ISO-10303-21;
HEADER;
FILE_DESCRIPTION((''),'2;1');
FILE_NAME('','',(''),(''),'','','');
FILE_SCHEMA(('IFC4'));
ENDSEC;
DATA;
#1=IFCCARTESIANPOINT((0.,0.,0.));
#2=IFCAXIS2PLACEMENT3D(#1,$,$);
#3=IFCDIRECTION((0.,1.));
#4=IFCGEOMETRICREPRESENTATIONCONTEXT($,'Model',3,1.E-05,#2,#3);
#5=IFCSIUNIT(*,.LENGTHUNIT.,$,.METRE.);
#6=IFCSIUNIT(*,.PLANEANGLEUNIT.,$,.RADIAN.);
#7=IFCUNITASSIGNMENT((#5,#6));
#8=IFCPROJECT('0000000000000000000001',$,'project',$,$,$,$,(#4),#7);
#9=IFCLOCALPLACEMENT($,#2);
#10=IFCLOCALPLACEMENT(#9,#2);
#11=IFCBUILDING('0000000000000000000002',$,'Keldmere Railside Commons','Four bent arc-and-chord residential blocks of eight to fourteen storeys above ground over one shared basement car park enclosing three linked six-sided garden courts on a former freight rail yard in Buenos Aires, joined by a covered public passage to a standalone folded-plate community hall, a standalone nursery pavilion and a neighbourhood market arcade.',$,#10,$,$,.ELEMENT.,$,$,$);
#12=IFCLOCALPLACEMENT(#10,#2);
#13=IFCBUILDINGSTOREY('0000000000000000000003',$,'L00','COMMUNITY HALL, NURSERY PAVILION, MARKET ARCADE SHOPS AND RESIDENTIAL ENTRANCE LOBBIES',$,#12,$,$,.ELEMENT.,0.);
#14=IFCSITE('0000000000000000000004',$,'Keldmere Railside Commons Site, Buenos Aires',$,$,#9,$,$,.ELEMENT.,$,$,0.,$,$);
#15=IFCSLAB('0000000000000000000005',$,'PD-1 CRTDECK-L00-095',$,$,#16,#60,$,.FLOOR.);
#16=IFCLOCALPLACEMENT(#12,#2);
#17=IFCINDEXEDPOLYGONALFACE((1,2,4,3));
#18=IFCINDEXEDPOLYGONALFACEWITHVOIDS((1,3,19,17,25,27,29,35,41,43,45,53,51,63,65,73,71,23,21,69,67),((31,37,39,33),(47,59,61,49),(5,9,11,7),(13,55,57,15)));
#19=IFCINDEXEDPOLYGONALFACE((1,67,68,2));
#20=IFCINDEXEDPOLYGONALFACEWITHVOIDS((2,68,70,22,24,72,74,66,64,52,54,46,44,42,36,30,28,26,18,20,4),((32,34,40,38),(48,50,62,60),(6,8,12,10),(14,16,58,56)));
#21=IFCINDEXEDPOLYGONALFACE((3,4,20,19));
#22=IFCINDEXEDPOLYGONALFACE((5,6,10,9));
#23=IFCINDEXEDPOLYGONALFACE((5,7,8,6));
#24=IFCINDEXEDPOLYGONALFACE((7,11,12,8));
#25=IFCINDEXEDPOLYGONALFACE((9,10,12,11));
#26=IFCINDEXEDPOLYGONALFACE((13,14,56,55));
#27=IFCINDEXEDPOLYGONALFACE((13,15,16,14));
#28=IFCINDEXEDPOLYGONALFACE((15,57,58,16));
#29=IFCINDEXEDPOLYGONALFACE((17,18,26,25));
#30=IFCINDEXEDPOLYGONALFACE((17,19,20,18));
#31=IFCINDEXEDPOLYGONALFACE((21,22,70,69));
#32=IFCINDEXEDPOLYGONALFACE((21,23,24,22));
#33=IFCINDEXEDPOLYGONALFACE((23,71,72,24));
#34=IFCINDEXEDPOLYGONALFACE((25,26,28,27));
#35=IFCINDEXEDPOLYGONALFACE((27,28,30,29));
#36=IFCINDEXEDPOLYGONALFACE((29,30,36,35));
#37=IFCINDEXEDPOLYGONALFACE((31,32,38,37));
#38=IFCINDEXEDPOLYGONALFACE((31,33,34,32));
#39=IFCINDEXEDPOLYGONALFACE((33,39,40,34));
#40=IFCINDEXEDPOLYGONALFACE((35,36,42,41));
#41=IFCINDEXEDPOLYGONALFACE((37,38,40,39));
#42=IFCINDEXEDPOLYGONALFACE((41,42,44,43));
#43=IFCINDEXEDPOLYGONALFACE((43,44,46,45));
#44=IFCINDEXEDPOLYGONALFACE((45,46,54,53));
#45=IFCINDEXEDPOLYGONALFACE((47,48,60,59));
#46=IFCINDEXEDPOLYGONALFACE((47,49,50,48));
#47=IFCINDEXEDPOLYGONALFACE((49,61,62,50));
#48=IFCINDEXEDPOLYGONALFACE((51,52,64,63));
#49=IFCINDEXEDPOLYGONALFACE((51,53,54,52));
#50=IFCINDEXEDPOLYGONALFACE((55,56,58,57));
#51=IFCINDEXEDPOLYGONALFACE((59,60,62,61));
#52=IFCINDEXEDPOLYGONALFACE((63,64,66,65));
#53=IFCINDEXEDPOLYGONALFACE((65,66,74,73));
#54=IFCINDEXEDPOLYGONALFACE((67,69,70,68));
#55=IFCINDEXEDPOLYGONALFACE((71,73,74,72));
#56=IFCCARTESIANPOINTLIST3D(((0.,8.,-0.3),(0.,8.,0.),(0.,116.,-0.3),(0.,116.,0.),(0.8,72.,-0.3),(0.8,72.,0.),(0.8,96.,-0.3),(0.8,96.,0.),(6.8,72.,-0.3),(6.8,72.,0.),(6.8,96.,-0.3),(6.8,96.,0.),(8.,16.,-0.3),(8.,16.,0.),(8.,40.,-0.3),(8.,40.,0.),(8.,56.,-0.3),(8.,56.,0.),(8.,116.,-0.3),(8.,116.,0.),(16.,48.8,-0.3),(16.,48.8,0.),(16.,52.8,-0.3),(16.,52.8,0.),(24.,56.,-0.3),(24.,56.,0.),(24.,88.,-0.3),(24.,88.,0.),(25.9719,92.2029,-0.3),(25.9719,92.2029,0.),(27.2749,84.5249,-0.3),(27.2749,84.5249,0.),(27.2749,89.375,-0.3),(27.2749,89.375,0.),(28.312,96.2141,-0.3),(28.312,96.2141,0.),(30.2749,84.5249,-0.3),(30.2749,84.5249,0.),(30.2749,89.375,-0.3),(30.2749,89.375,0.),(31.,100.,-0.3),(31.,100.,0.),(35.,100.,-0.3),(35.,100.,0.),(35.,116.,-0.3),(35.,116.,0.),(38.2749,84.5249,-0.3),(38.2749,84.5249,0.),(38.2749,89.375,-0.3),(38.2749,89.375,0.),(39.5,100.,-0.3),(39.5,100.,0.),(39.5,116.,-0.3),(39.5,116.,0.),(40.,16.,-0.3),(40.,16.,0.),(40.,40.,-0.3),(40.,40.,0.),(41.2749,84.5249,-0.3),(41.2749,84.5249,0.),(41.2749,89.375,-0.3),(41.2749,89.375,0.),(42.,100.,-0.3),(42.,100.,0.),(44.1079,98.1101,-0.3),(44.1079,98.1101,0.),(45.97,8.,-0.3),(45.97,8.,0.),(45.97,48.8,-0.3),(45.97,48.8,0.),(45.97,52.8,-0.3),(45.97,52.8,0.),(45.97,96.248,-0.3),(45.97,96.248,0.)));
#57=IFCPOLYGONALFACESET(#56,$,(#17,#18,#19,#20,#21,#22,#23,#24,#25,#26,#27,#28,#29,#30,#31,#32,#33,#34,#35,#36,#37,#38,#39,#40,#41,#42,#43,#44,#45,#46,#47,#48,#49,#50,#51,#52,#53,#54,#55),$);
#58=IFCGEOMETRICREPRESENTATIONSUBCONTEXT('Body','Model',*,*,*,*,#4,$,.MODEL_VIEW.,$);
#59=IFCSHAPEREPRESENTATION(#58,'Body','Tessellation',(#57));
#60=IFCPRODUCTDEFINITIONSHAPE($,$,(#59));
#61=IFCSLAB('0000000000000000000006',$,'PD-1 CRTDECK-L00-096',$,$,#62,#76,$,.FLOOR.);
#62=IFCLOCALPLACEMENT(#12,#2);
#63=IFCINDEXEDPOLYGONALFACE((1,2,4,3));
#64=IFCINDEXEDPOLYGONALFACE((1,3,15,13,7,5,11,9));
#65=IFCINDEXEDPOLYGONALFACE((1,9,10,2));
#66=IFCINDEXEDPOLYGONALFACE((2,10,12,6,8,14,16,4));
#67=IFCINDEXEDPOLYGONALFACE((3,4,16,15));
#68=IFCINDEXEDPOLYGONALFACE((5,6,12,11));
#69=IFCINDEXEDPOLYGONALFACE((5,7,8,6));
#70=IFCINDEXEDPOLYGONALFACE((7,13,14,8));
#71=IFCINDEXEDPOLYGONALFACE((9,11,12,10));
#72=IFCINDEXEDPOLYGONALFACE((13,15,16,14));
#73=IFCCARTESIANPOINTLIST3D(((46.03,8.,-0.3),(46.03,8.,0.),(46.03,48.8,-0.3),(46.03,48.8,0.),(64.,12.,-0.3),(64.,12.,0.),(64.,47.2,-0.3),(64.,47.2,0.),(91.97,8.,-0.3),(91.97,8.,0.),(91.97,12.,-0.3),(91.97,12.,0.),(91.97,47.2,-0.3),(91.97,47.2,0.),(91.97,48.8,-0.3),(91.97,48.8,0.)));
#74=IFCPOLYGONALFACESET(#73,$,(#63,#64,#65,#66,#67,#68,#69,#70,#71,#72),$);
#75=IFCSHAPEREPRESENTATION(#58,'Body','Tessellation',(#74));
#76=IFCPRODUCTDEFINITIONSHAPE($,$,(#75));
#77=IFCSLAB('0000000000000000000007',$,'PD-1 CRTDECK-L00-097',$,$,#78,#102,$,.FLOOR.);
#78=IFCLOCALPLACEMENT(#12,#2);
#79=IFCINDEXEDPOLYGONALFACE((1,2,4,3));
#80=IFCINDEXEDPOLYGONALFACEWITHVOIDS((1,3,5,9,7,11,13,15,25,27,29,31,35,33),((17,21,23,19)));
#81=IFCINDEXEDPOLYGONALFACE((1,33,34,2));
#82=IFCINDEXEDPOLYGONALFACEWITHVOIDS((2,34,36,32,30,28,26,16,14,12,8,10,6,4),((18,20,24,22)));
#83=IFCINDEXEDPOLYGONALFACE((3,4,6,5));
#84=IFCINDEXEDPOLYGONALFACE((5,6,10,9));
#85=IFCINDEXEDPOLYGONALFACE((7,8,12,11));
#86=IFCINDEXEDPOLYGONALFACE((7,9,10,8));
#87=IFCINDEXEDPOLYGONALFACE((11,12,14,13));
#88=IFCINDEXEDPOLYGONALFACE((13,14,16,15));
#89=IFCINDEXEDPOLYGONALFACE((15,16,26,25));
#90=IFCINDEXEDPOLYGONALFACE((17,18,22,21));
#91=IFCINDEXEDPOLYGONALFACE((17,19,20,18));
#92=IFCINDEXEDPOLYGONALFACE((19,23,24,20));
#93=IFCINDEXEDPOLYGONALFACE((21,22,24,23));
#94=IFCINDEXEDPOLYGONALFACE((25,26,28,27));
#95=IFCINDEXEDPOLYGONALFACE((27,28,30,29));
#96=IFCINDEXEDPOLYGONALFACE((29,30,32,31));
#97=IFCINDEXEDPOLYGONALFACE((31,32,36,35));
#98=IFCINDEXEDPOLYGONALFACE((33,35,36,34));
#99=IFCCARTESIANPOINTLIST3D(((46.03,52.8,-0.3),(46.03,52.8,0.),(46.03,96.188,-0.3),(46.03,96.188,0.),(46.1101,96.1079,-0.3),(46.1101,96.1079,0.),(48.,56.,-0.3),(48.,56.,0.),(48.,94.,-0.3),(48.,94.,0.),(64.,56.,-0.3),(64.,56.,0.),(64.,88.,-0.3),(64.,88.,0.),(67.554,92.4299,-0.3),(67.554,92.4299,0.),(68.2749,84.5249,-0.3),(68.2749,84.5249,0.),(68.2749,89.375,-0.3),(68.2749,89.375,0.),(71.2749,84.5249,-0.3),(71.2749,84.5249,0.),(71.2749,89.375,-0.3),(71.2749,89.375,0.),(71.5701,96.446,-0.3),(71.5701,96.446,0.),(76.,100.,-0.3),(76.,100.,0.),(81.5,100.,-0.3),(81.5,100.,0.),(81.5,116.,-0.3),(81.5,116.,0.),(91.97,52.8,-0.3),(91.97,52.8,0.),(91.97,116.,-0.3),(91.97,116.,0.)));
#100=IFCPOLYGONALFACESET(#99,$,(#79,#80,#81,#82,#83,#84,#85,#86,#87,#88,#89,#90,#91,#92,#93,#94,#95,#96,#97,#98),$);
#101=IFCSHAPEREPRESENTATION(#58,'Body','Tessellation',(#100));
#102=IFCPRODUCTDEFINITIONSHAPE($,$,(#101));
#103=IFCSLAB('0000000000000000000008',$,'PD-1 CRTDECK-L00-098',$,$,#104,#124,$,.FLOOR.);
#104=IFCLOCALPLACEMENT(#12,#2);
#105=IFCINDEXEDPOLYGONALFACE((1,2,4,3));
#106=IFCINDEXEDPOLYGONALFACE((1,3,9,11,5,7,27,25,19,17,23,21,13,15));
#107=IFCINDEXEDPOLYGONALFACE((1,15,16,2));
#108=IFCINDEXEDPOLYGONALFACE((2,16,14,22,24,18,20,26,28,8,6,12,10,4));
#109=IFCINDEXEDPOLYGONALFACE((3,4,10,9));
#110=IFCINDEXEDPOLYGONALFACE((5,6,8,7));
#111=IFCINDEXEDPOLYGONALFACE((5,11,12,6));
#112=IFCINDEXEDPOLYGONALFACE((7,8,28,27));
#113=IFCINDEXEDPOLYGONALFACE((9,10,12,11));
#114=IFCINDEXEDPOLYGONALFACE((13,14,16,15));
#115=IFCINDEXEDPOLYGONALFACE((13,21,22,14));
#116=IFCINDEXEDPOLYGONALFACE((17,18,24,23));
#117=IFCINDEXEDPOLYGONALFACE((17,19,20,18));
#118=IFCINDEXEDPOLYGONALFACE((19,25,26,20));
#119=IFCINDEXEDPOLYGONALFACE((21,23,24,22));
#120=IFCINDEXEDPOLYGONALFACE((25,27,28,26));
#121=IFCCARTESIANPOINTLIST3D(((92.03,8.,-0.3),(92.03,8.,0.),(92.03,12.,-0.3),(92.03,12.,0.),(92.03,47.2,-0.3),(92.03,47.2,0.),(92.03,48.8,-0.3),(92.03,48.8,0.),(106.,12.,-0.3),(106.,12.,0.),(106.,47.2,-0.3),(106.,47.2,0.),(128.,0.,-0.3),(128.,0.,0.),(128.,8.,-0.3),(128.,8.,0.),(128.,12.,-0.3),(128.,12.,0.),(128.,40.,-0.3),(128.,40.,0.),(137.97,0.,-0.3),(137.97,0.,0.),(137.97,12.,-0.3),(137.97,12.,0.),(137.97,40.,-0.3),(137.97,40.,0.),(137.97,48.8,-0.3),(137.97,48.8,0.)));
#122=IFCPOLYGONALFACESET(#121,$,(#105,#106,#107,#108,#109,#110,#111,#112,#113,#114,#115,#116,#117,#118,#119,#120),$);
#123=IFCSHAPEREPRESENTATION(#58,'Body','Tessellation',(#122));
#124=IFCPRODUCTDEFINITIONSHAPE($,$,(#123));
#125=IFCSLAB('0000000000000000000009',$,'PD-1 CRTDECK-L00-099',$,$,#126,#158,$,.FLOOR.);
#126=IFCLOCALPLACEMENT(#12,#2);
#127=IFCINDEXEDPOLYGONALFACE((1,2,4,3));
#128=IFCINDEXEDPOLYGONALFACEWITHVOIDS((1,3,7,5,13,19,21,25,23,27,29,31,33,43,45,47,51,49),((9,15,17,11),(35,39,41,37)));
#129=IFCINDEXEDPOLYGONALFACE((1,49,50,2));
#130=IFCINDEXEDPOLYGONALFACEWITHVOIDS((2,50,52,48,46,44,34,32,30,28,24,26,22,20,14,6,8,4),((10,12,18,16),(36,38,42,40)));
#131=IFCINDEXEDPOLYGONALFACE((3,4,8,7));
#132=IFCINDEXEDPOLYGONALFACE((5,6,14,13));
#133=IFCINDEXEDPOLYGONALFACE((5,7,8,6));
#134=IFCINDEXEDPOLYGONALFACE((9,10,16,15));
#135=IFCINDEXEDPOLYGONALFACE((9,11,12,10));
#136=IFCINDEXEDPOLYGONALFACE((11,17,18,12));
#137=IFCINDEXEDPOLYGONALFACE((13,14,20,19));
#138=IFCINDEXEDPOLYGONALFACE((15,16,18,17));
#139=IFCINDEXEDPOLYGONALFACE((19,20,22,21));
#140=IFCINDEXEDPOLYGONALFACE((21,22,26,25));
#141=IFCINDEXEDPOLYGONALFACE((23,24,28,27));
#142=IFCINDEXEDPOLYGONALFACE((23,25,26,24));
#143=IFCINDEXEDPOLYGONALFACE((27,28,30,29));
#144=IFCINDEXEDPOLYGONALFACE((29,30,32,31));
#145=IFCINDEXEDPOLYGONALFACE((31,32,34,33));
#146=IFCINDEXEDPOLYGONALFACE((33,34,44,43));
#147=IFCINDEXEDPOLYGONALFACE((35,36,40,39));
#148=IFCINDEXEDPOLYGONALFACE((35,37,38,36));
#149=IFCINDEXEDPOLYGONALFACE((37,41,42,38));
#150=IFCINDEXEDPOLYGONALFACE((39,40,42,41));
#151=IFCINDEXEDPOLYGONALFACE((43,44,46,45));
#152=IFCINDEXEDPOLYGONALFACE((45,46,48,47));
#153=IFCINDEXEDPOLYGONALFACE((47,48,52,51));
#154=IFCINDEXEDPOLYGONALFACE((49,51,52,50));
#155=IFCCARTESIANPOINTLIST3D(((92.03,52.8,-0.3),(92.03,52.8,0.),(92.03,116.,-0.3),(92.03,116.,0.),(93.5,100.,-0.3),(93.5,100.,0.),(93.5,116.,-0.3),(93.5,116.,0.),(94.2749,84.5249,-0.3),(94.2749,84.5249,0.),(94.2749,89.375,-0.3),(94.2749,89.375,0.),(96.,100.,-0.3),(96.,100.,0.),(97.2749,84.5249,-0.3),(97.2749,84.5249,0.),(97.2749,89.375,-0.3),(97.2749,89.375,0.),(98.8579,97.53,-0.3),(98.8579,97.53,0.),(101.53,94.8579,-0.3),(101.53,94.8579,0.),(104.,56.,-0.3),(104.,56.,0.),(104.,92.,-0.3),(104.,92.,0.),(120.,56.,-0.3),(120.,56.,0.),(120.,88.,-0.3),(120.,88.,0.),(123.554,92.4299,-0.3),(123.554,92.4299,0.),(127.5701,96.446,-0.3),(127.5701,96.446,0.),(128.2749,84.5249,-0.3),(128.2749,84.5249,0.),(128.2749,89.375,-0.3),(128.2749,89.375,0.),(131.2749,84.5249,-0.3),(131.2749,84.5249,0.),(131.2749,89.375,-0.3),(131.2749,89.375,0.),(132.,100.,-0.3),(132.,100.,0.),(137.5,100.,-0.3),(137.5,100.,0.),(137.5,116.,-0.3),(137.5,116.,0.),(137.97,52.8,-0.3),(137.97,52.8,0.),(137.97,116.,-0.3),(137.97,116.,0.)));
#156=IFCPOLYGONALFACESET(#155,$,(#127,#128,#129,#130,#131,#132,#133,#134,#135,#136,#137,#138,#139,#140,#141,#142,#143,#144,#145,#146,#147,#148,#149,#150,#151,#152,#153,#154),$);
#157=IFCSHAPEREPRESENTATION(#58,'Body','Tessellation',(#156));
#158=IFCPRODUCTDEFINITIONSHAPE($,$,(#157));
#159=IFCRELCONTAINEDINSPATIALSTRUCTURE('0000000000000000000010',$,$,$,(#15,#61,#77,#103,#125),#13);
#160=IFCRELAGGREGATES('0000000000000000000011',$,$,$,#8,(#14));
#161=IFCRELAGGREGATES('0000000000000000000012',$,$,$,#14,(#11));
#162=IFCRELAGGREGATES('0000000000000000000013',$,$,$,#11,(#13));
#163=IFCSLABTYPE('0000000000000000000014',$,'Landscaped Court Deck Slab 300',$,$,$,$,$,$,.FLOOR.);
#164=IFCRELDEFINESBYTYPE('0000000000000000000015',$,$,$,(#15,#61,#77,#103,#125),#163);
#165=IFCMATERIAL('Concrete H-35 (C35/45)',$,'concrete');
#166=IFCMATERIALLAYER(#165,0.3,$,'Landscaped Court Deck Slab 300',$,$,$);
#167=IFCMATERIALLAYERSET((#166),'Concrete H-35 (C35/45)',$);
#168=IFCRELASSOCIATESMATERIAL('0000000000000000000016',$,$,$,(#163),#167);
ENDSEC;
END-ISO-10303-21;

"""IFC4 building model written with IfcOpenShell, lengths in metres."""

from ifc_helpers import new_model, si_unit, direction, frame, origin, place, context, subcontext, project, spatial, polyline, outline, extrude, material, layer, layer_set, type_object, element, save


model = new_model("IFC4")

# Units and contexts
model_context = context("Model", 3, precision=1e-05, world=origin(), true_north=direction((0.0, 1.0)))
body_context = subcontext(model_context, "Body", "Model", "MODEL_VIEW")
ifc_project = project(units=[si_unit("LENGTHUNIT", "METRE"), si_unit("PLANEANGLEUNIT", "RADIAN")], contexts=[model_context])

# Site, building, storey
site_placement = place(None, origin())
site = spatial("IfcSite", under=ifc_project, at=site_placement, Name="Keldmere Railside Commons Site, Buenos Aires", CompositionType="ELEMENT", RefElevation=0.0)
building_placement = place(site_placement, origin())
building = spatial("IfcBuilding", under=site, at=building_placement, Name="Keldmere Railside Commons", Description="Four bent arc-and-chord residential blocks of eight to fourteen storeys above ground over one shared basement car park enclosing three linked six-sided garden courts on a former freight rail yard in Buenos Aires, joined by a covered public passage to a standalone folded-plate community hall, a standalone nursery pavilion and a neighbourhood market arcade.", CompositionType="ELEMENT")
storey_placement = place(building_placement, origin())
storey = spatial("IfcBuildingStorey", under=building, at=storey_placement, Name="L00", Description="COMMUNITY HALL, NURSERY PAVILION, MARKET ARCADE SHOPS AND RESIDENTIAL ENTRANCE LOBBIES", CompositionType="ELEMENT", Elevation=0.0)

# Shared definitions
ifc_material_1 = material(Name="Concrete H-35 (C35/45)", Category="concrete")

# Slabs
ifc_layer_1 = layer(ifc_material_1, 0.3, Name="Landscaped Court Deck Slab 300")
ifc_layer_set_1 = layer_set([ifc_layer_1], Name="Concrete H-35 (C35/45)")
slab_type_1 = type_object("IfcSlabType", Name="Landscaped Court Deck Slab 300", PredefinedType="FLOOR", material=ifc_layer_set_1)
slab_1_placement = place(storey_placement, frame((0.0, 0.0, -0.3)))
element("IfcSlab", 1, at=slab_1_placement, inside=storey, type_object=slab_type_1, Name="PD-1 CRTDECK-L00-095", PredefinedType="FLOOR", context=body_context, shape_type="SweptSolid", body=[
    extrude(outline(polyline([(0.0, 8.0), (45.97, 8.0), (45.97, 48.8), (16.0, 48.8), (16.0, 52.8), (45.97, 52.8), (45.97, 96.248), (44.1079, 98.1101), (42.0, 100.0), (39.5, 100.0), (39.5, 116.0), (35.0, 116.0), (35.0, 100.0), (31.0, 100.0), (28.312, 96.2141), (25.9719, 92.2029), (24.0, 88.0), (24.0, 56.0), (8.0, 56.0), (8.0, 116.0), (0.0, 116.0), (0.0, 8.0)]), holes=[polyline([(8.0, 40.0), (40.0, 40.0), (40.0, 16.0), (8.0, 16.0), (8.0, 40.0)]), polyline([(0.8, 96.0), (6.8, 96.0), (6.8, 72.0), (0.8, 72.0), (0.8, 96.0)]), polyline([(30.2749, 84.5249), (27.2749, 84.5249), (27.2749, 89.375), (30.2749, 89.375), (30.2749, 84.5249)]), polyline([(41.2749, 84.5249), (38.2749, 84.5249), (38.2749, 89.375), (41.2749, 89.375), (41.2749, 84.5249)])]), origin(), (0.0, 0.0, 1.0), 0.3),
])
slab_2_placement = place(storey_placement, frame((0.0, 0.0, -0.3)))
element("IfcSlab", 2, at=slab_2_placement, inside=storey, type_object=slab_type_1, Name="PD-1 CRTDECK-L00-096", PredefinedType="FLOOR", context=body_context, shape_type="SweptSolid", body=[
    extrude(outline(polyline([(46.03, 8.0), (91.97, 8.0), (91.97, 12.0), (64.0, 12.0), (64.0, 47.2), (91.97, 47.2), (91.97, 48.8), (46.03, 48.8), (46.03, 8.0)])), origin(), (0.0, 0.0, 1.0), 0.3),
])
slab_3_placement = place(storey_placement, frame((0.0, 0.0, -0.3)))
element("IfcSlab", 3, at=slab_3_placement, inside=storey, type_object=slab_type_1, Name="PD-1 CRTDECK-L00-097", PredefinedType="FLOOR", context=body_context, shape_type="SweptSolid", body=[
    extrude(outline(polyline([(91.97, 116.0), (81.5, 116.0), (81.5, 100.0), (76.0, 100.0), (71.5701, 96.446), (67.554, 92.4299), (64.0, 88.0), (64.0, 56.0), (48.0, 56.0), (48.0, 94.0), (46.1101, 96.1079), (46.03, 96.188), (46.03, 52.8), (91.97, 52.8), (91.97, 116.0)]), holes=[polyline([(71.2749, 84.5249), (68.2749, 84.5249), (68.2749, 89.375), (71.2749, 89.375), (71.2749, 84.5249)])]), origin(), (0.0, 0.0, 1.0), 0.3),
])
slab_4_placement = place(storey_placement, frame((0.0, 0.0, -0.3)))
element("IfcSlab", 4, at=slab_4_placement, inside=storey, type_object=slab_type_1, Name="PD-1 CRTDECK-L00-098", PredefinedType="FLOOR", context=body_context, shape_type="SweptSolid", body=[
    extrude(outline(polyline([(128.0, 0.0), (137.97, 0.0), (137.97, 12.0), (128.0, 12.0), (128.0, 40.0), (137.97, 40.0), (137.97, 48.8), (92.03, 48.8), (92.03, 47.2), (106.0, 47.2), (106.0, 12.0), (92.03, 12.0), (92.03, 8.0), (128.0, 8.0), (128.0, 0.0)])), origin(), (0.0, 0.0, 1.0), 0.3),
])
slab_5_placement = place(storey_placement, frame((0.0, 0.0, -0.3)))
element("IfcSlab", 5, at=slab_5_placement, inside=storey, type_object=slab_type_1, Name="PD-1 CRTDECK-L00-099", PredefinedType="FLOOR", context=body_context, shape_type="SweptSolid", body=[
    extrude(outline(polyline([(93.5, 116.0), (92.03, 116.0), (92.03, 52.8), (137.97, 52.8), (137.97, 116.0), (137.5, 116.0), (137.5, 100.0), (132.0, 100.0), (127.5701, 96.446), (123.554, 92.4299), (120.0, 88.0), (120.0, 56.0), (104.0, 56.0), (104.0, 92.0), (101.53, 94.8579), (98.8579, 97.53), (96.0, 100.0), (93.5, 100.0), (93.5, 116.0)]), holes=[polyline([(97.2749, 84.5249), (94.2749, 84.5249), (94.2749, 89.375), (97.2749, 89.375), (97.2749, 84.5249)]), polyline([(131.2749, 84.5249), (128.2749, 84.5249), (128.2749, 89.375), (131.2749, 89.375), (131.2749, 84.5249)])]), origin(), (0.0, 0.0, 1.0), 0.3),
])

save(model, "model.ifc")
